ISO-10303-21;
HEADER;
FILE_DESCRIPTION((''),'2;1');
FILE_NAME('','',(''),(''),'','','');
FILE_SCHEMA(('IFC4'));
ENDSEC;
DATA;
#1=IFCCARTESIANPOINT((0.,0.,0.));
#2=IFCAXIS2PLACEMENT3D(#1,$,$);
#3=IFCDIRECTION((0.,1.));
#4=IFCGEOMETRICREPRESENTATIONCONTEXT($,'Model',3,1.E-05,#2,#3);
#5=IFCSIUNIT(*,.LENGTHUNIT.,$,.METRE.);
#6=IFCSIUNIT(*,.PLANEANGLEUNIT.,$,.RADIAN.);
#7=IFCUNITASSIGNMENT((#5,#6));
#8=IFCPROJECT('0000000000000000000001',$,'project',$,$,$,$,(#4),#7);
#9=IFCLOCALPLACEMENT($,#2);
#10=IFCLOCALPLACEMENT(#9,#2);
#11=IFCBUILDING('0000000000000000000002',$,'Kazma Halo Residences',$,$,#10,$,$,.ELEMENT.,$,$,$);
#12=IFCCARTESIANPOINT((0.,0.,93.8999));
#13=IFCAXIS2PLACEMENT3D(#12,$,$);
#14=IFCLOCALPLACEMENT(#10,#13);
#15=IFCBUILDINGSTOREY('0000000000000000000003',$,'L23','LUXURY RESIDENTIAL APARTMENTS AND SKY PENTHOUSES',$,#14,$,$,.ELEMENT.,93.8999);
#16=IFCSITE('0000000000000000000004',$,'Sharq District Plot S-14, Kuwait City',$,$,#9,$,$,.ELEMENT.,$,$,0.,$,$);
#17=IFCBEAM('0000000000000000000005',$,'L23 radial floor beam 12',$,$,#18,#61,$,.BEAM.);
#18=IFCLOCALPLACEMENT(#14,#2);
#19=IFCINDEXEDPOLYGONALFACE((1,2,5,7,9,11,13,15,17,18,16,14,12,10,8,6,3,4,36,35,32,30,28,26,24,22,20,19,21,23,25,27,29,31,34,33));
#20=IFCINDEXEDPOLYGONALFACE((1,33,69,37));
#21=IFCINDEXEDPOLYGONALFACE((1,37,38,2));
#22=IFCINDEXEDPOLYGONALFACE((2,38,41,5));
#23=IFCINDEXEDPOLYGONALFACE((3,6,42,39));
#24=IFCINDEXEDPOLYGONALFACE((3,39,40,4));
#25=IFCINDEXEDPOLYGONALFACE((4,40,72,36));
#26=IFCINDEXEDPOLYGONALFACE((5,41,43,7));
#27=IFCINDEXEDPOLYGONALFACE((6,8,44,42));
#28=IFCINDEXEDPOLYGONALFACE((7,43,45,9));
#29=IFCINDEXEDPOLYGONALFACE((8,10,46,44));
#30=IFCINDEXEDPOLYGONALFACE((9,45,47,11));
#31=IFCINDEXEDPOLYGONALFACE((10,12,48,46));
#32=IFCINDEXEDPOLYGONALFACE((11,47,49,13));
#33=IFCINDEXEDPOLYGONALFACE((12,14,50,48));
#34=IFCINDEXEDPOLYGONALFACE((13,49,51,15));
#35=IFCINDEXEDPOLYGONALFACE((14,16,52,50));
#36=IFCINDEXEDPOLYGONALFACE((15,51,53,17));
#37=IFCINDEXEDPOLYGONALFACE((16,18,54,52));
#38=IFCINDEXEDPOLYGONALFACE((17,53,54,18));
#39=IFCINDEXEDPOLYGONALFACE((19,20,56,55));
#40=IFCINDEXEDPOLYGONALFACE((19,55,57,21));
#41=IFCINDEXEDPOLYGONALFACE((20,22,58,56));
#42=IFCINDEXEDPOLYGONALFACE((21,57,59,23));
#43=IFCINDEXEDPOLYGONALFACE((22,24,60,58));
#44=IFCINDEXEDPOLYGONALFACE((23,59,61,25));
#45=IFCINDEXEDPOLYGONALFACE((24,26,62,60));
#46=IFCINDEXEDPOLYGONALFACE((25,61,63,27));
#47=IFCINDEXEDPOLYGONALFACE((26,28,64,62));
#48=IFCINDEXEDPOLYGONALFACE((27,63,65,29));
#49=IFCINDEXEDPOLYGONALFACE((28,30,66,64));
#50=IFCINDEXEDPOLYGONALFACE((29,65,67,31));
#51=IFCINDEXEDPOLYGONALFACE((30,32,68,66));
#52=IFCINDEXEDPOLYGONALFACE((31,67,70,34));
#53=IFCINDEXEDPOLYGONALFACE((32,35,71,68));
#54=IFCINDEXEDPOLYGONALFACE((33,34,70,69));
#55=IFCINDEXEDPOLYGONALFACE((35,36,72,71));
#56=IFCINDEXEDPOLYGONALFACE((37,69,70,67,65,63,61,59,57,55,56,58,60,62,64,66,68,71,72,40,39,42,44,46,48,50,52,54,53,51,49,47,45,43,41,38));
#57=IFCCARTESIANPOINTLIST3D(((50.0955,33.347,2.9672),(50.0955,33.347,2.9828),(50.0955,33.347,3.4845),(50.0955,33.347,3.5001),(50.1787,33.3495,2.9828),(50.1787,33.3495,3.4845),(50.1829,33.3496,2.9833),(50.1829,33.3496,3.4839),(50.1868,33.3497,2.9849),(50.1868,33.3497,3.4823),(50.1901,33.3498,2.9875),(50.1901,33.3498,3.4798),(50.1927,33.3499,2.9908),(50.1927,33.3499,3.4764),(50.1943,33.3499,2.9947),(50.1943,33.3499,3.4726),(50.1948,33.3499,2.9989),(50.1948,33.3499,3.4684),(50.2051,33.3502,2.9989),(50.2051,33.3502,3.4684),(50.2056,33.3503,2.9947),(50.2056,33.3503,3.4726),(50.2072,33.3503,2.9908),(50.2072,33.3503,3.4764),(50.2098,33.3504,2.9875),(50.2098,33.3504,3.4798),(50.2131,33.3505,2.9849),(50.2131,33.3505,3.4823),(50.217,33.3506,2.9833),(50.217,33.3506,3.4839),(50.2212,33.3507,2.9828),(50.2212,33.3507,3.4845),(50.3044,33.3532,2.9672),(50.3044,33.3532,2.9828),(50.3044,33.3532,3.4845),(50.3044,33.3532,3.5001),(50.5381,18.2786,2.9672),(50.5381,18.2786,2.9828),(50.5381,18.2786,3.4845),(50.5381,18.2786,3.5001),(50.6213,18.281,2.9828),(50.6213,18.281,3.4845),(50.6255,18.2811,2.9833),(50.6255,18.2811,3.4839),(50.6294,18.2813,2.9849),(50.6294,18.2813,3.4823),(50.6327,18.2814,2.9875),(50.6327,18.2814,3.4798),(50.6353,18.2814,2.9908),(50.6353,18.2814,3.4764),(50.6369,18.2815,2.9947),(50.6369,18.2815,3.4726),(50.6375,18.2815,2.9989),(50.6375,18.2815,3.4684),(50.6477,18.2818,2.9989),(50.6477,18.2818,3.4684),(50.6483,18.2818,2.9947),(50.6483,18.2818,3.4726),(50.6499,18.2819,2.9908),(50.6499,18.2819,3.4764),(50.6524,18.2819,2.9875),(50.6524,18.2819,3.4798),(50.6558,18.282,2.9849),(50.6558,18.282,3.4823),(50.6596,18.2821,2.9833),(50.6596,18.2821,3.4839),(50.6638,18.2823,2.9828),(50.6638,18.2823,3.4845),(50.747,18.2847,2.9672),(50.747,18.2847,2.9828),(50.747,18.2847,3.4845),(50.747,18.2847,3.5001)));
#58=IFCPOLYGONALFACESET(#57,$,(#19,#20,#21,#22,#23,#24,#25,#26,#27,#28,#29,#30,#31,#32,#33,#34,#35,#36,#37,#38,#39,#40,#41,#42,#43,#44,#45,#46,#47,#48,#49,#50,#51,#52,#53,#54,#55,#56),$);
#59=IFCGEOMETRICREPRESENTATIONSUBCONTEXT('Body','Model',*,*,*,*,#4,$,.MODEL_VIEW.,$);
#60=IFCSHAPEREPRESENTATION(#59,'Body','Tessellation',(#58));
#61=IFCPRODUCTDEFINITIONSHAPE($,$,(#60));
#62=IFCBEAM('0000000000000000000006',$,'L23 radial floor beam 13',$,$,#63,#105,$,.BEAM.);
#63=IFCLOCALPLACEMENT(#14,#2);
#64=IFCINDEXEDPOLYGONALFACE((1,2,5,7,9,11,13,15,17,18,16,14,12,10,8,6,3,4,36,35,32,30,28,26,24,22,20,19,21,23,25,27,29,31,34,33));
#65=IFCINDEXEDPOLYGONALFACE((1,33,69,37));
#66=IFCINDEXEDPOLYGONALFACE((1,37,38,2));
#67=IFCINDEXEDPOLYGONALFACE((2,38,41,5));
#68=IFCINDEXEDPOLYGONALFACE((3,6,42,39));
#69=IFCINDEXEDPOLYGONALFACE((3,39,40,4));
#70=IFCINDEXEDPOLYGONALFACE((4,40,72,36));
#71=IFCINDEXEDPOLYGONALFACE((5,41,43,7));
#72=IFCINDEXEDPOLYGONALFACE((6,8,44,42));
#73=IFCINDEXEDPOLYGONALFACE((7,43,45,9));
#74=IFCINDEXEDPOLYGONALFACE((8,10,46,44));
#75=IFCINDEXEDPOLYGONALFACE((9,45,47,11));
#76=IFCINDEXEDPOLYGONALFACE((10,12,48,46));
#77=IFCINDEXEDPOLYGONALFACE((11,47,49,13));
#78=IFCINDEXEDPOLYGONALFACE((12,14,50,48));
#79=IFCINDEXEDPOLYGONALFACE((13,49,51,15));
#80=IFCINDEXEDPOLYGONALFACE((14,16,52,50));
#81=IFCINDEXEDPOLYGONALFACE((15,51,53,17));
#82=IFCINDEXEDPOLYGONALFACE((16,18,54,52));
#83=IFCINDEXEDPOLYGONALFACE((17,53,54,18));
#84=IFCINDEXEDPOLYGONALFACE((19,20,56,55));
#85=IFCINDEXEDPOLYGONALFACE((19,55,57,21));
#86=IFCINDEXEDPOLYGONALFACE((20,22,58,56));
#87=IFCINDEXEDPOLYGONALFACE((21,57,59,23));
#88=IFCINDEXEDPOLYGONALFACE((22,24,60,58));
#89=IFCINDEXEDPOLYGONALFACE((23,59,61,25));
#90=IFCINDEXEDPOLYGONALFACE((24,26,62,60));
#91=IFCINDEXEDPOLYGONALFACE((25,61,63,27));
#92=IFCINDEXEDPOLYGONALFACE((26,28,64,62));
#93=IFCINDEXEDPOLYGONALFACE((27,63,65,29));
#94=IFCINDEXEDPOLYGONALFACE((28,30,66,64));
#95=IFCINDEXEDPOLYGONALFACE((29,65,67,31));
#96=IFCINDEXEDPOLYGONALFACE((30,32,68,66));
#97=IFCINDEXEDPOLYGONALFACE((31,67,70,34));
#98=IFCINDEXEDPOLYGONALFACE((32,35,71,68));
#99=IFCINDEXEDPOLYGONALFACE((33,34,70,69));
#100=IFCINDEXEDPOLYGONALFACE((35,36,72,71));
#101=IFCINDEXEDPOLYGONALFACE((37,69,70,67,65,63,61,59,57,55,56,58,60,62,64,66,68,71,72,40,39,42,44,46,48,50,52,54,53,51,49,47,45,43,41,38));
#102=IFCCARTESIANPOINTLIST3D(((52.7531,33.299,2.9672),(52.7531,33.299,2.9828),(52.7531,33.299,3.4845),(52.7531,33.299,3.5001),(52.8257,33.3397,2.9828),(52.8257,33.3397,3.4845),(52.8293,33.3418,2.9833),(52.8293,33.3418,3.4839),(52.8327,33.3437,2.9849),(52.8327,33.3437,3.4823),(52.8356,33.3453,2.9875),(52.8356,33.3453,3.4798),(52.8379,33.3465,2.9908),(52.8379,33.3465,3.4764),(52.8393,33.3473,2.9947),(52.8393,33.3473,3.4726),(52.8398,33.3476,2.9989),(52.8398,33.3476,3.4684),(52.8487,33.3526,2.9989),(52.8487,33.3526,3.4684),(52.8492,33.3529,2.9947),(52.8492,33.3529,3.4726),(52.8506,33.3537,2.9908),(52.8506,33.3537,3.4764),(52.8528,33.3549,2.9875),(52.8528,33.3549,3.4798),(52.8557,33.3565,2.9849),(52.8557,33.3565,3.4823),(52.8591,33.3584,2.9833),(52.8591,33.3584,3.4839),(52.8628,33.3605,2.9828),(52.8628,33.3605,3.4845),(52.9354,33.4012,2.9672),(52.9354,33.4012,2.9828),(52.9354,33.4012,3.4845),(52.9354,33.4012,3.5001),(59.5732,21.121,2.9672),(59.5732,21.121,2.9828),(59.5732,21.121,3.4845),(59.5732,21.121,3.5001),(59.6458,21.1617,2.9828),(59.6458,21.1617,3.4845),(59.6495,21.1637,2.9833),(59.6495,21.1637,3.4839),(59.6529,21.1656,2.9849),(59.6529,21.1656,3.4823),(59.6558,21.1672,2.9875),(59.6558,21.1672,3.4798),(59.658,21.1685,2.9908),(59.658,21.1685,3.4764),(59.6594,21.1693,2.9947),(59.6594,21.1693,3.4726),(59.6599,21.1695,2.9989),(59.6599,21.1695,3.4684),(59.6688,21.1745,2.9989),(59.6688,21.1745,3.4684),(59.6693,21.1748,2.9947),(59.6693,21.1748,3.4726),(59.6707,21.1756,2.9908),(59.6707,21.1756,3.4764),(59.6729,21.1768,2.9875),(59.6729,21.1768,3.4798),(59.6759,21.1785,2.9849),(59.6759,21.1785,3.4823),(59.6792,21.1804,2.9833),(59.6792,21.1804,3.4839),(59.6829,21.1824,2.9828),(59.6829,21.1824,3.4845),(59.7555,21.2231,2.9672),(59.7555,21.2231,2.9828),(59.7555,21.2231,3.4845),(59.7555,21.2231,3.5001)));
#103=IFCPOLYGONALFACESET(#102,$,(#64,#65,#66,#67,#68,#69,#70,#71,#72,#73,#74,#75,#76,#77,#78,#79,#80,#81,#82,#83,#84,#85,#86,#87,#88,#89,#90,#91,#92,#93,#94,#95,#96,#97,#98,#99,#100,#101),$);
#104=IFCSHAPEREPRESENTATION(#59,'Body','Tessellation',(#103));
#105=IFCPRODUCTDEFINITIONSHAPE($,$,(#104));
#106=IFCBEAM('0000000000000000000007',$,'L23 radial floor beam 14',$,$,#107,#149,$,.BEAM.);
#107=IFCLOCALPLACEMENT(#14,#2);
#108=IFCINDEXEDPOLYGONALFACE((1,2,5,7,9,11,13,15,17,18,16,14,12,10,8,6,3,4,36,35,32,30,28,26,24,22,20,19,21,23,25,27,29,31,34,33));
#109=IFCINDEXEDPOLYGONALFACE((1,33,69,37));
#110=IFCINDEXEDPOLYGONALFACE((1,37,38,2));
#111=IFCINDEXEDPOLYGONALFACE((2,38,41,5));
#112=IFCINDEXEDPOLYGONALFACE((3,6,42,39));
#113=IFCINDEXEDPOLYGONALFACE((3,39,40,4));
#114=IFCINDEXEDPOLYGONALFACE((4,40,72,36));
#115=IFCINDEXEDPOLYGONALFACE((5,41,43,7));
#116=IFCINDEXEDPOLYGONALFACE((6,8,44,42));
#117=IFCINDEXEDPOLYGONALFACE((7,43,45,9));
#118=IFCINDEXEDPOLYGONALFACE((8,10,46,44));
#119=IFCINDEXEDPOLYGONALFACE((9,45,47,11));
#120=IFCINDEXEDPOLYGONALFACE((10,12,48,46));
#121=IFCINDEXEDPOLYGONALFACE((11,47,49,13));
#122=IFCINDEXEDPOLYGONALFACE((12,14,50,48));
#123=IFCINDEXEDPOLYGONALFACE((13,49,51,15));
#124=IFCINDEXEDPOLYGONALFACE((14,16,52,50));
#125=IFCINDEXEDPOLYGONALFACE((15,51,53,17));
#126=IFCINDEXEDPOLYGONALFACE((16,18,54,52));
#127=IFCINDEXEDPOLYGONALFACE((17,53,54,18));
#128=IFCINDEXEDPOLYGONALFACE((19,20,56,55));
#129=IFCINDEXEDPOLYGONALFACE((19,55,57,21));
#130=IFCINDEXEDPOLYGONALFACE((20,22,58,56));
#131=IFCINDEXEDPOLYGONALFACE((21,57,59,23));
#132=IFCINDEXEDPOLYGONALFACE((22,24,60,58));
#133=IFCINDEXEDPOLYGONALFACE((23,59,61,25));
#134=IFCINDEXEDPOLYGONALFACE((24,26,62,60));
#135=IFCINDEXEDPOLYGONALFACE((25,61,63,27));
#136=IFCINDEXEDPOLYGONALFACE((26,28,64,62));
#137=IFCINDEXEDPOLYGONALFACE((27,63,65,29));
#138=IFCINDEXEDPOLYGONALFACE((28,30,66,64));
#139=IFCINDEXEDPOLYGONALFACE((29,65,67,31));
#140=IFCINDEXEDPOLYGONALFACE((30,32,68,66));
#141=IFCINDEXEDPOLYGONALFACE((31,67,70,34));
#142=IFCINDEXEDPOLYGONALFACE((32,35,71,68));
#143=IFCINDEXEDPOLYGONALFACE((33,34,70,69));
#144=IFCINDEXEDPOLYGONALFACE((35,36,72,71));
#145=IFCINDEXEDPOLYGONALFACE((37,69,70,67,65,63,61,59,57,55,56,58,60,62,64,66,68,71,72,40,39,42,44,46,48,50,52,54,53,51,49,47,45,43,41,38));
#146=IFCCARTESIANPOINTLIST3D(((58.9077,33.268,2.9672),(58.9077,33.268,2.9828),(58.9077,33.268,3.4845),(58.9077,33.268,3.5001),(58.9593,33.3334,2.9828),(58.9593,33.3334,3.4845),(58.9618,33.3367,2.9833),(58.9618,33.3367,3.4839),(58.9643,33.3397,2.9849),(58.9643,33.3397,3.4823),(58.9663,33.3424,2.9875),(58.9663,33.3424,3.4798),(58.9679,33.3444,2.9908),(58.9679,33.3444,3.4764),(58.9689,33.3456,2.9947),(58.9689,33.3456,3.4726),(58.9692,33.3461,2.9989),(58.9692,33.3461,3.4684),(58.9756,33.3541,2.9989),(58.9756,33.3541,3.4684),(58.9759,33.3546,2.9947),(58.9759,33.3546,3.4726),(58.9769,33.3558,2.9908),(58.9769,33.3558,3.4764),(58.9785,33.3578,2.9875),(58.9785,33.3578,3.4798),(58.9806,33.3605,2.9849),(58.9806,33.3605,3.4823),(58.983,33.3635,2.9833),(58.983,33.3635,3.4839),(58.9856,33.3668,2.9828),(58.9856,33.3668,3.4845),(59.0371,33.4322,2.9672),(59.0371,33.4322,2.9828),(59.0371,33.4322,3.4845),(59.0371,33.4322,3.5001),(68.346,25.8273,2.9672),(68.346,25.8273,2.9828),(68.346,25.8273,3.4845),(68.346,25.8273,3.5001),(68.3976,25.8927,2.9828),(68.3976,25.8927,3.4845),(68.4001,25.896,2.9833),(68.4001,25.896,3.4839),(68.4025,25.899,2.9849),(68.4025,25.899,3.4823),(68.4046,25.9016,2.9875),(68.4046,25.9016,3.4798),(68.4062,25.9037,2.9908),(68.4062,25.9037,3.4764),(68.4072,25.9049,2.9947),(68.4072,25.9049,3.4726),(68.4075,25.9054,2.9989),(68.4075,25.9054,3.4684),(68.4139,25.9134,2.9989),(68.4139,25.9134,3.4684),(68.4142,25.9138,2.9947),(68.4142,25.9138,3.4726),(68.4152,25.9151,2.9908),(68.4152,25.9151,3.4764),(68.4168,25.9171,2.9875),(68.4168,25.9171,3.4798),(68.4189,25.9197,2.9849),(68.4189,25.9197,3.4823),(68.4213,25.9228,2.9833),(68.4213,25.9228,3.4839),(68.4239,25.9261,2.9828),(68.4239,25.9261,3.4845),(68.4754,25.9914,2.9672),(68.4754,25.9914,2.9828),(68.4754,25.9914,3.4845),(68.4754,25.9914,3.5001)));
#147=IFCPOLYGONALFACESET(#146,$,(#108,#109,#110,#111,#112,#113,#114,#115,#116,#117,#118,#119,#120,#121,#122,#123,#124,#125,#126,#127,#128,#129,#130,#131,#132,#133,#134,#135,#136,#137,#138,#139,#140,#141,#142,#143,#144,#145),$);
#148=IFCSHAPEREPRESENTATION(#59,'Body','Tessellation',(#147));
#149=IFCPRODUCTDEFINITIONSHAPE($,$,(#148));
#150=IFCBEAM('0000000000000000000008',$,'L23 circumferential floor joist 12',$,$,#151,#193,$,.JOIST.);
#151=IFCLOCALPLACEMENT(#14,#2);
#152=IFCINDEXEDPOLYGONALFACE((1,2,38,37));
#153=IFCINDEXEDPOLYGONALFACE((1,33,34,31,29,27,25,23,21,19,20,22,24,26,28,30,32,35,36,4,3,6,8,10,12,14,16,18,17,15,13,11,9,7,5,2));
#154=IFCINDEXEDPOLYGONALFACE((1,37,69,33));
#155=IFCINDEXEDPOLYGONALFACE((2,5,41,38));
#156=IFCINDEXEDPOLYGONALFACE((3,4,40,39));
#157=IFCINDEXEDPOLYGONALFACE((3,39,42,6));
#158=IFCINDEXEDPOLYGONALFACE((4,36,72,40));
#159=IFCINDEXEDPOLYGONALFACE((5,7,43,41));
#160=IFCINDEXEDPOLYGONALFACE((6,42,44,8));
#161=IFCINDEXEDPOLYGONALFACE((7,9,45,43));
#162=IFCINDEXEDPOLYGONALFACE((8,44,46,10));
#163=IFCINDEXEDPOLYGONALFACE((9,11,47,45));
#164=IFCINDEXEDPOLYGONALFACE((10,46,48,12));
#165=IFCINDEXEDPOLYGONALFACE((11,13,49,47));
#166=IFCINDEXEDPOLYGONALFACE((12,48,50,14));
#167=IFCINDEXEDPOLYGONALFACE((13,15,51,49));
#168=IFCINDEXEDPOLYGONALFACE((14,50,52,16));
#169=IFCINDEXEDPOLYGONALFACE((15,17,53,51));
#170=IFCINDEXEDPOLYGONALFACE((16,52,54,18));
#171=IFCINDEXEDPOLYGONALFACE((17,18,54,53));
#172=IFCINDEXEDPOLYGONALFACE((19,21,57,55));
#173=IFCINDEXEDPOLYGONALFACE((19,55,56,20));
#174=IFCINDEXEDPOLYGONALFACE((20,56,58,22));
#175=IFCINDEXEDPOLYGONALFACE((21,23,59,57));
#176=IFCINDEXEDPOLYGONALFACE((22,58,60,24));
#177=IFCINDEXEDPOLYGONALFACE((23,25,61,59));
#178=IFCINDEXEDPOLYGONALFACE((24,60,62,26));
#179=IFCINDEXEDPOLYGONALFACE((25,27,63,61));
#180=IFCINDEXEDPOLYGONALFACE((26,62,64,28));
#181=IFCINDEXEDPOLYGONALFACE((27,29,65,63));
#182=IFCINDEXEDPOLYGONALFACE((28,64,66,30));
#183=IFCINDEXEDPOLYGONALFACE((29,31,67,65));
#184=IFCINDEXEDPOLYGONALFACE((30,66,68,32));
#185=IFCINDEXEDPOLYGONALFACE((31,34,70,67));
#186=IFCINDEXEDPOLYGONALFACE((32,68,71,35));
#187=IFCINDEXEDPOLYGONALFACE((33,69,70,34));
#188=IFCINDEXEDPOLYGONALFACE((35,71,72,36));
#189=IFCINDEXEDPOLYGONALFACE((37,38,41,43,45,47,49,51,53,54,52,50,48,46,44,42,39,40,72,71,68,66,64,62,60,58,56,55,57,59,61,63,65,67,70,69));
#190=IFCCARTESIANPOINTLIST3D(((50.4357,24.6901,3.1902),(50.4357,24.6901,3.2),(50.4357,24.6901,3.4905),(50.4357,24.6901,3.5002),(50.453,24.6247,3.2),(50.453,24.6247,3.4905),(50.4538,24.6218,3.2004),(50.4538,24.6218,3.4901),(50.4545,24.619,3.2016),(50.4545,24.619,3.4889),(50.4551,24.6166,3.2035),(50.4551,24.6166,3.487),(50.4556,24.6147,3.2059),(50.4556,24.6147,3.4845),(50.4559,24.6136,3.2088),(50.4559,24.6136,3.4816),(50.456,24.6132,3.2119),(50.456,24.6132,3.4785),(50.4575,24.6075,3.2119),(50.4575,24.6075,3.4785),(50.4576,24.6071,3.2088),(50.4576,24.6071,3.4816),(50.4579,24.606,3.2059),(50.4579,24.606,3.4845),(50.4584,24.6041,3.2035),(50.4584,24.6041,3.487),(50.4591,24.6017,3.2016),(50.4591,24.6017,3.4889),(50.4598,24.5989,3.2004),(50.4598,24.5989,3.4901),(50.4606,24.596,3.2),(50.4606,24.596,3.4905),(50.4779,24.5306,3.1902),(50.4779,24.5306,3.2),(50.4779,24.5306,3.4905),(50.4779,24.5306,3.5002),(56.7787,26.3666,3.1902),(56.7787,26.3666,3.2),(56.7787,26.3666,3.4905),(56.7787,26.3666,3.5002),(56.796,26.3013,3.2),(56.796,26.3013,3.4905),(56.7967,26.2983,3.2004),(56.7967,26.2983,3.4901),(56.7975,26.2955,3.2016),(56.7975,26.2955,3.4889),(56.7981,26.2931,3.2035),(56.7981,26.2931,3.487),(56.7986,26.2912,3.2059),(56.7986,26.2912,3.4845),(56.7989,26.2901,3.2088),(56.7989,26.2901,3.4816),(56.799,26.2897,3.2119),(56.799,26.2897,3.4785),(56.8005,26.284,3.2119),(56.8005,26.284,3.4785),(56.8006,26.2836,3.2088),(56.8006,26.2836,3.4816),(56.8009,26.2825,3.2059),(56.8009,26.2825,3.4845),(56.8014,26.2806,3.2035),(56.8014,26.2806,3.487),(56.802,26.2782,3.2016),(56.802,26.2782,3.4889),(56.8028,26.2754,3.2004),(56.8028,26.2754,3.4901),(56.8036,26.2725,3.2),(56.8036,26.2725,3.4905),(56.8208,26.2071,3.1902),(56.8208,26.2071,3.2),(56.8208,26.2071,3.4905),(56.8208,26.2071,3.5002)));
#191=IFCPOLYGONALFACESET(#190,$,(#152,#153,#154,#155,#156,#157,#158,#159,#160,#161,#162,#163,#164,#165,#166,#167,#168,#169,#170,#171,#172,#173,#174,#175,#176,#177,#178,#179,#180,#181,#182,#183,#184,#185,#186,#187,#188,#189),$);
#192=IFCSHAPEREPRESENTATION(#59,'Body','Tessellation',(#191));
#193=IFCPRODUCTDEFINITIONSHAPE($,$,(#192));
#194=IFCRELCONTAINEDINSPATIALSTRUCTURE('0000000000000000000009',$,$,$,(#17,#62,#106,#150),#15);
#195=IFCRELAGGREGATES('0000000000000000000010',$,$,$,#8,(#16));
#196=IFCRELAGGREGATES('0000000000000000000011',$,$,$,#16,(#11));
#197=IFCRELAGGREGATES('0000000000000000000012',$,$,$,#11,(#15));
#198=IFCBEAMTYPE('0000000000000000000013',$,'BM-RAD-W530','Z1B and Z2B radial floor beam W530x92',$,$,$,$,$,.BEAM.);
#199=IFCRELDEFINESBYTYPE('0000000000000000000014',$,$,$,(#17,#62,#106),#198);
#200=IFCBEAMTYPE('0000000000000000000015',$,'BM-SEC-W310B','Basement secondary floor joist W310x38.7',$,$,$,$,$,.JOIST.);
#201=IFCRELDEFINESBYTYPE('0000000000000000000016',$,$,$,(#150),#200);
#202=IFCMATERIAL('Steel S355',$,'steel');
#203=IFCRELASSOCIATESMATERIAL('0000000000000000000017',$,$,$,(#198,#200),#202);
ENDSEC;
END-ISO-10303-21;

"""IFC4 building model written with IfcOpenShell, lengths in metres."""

from ifc_helpers import new_model, si_unit, direction, frame, origin, origin_2d, place, context, subcontext, project, spatial, i_section, extrude, material, material_profile, profile_set, type_object, element, save


model = new_model("IFC4")

# Units and contexts
model_context = context("Model", 3, precision=1e-05, world=origin(), true_north=direction((0.0, 1.0)))
body_context = subcontext(model_context, "Body", "Model", "MODEL_VIEW")
ifc_project = project(units=[si_unit("LENGTHUNIT", "METRE"), si_unit("PLANEANGLEUNIT", "RADIAN")], contexts=[model_context])

# Site, building, storey
site_placement = place(None, origin())
site = spatial("IfcSite", under=ifc_project, at=site_placement, Name="Sharq District Plot S-14, Kuwait City", CompositionType="ELEMENT", RefElevation=0.0)
building_placement = place(site_placement, origin())
building = spatial("IfcBuilding", under=site, at=building_placement, Name="Kazma Halo Residences", CompositionType="ELEMENT")
storey_placement = place(building_placement, frame((0.0, 0.0, 93.8999)))
storey = spatial("IfcBuildingStorey", under=building, at=storey_placement, Name="L23", Description="LUXURY RESIDENTIAL APARTMENTS AND SKY PENTHOUSES", CompositionType="ELEMENT", Elevation=93.8999)

# Beams
ifc_material_1 = material(Name="Steel S355", Category="steel")
ifc_material_profile_1 = material_profile(ifc_material_1, i_section(OverallWidth=0.209, OverallDepth=0.533, WebThickness=0.0103, FlangeThickness=0.0156, FilletRadius=0.0161, at=origin_2d()), Name="W530x92")
ifc_profile_set_1 = profile_set([ifc_material_profile_1], Name="Steel S355")
beam_type_1 = type_object("IfcBeamType", Name="BM-RAD-W530", Description="Z1B and Z2B radial floor beam W530x92", PredefinedType="BEAM", material=ifc_profile_set_1)
beam_1_placement = place(storey_placement, frame((50.2, 33.3501, 3.2336), z_axis=(0.029362, -0.999569, 0.0), x_axis=(0.999569, 0.029362, 0.0)))
element("IfcBeam", 1, at=beam_1_placement, inside=storey, type_object=beam_type_1, Name="L23 radial floor beam 12", PredefinedType="BEAM", context=body_context, shape_type="SweptSolid", body=[
    extrude(i_section(OverallWidth=0.209, OverallDepth=0.533, WebThickness=0.0103, FlangeThickness=0.0156, FilletRadius=0.0161, at=origin_2d()), origin(), (0.0, 0.0, 1.0), 15.075),
])
beam_2_placement = place(storey_placement, frame((52.8442, 33.3501, 3.2336), z_axis=(0.488625, -0.872494, 0.0), x_axis=(0.872494, 0.488625, 0.0)))
element("IfcBeam", 2, at=beam_2_placement, inside=storey, type_object=beam_type_1, Name="L23 radial floor beam 13", PredefinedType="BEAM", context=body_context, shape_type="SweptSolid", body=[
    extrude(i_section(OverallWidth=0.209, OverallDepth=0.533, WebThickness=0.0103, FlangeThickness=0.0156, FilletRadius=0.0161, at=origin_2d()), origin(), (0.0, 0.0, 1.0), 13.9578),
])
beam_3_placement = place(storey_placement, frame((58.9724, 33.3501, 3.2336), z_axis=(0.78531, -0.619103, 0.0), x_axis=(0.619103, 0.78531, 0.0)))
element("IfcBeam", 3, at=beam_3_placement, inside=storey, type_object=beam_type_1, Name="L23 radial floor beam 14", PredefinedType="BEAM", context=body_context, shape_type="SweptSolid", body=[
    extrude(i_section(OverallWidth=0.209, OverallDepth=0.533, WebThickness=0.0103, FlangeThickness=0.0156, FilletRadius=0.0161, at=origin_2d()), origin(), (0.0, 0.0, 1.0), 12.0186),
])
ifc_material_profile_2 = material_profile(ifc_material_1, i_section(OverallWidth=0.165, OverallDepth=0.3101, WebThickness=0.0059, FlangeThickness=0.0098, FilletRadius=0.012, at=origin_2d()), Name="W310x38.7")
ifc_profile_set_2 = profile_set([ifc_material_profile_2], Name="Steel S355")
beam_type_2 = type_object("IfcBeamType", Name="BM-SEC-W310B", Description="Basement secondary floor joist W310x38.7", PredefinedType="JOIST", material=ifc_profile_set_2)
beam_4_placement = place(storey_placement, frame((50.4568, 24.6104, 3.3452), z_axis=(0.9668, 0.255534, 0.0), x_axis=(-0.255534, 0.9668, 0.0)))
element("IfcBeam", 4, at=beam_4_placement, inside=storey, type_object=beam_type_2, Name="L23 circumferential floor joist 12", PredefinedType="JOIST", context=body_context, shape_type="SweptSolid", body=[
    extrude(i_section(OverallWidth=0.165, OverallDepth=0.3101, WebThickness=0.0059, FlangeThickness=0.0098, FilletRadius=0.012, at=origin_2d()), origin(), (0.0, 0.0, 1.0), 6.5608),
])

save(model, "model.ifc")
